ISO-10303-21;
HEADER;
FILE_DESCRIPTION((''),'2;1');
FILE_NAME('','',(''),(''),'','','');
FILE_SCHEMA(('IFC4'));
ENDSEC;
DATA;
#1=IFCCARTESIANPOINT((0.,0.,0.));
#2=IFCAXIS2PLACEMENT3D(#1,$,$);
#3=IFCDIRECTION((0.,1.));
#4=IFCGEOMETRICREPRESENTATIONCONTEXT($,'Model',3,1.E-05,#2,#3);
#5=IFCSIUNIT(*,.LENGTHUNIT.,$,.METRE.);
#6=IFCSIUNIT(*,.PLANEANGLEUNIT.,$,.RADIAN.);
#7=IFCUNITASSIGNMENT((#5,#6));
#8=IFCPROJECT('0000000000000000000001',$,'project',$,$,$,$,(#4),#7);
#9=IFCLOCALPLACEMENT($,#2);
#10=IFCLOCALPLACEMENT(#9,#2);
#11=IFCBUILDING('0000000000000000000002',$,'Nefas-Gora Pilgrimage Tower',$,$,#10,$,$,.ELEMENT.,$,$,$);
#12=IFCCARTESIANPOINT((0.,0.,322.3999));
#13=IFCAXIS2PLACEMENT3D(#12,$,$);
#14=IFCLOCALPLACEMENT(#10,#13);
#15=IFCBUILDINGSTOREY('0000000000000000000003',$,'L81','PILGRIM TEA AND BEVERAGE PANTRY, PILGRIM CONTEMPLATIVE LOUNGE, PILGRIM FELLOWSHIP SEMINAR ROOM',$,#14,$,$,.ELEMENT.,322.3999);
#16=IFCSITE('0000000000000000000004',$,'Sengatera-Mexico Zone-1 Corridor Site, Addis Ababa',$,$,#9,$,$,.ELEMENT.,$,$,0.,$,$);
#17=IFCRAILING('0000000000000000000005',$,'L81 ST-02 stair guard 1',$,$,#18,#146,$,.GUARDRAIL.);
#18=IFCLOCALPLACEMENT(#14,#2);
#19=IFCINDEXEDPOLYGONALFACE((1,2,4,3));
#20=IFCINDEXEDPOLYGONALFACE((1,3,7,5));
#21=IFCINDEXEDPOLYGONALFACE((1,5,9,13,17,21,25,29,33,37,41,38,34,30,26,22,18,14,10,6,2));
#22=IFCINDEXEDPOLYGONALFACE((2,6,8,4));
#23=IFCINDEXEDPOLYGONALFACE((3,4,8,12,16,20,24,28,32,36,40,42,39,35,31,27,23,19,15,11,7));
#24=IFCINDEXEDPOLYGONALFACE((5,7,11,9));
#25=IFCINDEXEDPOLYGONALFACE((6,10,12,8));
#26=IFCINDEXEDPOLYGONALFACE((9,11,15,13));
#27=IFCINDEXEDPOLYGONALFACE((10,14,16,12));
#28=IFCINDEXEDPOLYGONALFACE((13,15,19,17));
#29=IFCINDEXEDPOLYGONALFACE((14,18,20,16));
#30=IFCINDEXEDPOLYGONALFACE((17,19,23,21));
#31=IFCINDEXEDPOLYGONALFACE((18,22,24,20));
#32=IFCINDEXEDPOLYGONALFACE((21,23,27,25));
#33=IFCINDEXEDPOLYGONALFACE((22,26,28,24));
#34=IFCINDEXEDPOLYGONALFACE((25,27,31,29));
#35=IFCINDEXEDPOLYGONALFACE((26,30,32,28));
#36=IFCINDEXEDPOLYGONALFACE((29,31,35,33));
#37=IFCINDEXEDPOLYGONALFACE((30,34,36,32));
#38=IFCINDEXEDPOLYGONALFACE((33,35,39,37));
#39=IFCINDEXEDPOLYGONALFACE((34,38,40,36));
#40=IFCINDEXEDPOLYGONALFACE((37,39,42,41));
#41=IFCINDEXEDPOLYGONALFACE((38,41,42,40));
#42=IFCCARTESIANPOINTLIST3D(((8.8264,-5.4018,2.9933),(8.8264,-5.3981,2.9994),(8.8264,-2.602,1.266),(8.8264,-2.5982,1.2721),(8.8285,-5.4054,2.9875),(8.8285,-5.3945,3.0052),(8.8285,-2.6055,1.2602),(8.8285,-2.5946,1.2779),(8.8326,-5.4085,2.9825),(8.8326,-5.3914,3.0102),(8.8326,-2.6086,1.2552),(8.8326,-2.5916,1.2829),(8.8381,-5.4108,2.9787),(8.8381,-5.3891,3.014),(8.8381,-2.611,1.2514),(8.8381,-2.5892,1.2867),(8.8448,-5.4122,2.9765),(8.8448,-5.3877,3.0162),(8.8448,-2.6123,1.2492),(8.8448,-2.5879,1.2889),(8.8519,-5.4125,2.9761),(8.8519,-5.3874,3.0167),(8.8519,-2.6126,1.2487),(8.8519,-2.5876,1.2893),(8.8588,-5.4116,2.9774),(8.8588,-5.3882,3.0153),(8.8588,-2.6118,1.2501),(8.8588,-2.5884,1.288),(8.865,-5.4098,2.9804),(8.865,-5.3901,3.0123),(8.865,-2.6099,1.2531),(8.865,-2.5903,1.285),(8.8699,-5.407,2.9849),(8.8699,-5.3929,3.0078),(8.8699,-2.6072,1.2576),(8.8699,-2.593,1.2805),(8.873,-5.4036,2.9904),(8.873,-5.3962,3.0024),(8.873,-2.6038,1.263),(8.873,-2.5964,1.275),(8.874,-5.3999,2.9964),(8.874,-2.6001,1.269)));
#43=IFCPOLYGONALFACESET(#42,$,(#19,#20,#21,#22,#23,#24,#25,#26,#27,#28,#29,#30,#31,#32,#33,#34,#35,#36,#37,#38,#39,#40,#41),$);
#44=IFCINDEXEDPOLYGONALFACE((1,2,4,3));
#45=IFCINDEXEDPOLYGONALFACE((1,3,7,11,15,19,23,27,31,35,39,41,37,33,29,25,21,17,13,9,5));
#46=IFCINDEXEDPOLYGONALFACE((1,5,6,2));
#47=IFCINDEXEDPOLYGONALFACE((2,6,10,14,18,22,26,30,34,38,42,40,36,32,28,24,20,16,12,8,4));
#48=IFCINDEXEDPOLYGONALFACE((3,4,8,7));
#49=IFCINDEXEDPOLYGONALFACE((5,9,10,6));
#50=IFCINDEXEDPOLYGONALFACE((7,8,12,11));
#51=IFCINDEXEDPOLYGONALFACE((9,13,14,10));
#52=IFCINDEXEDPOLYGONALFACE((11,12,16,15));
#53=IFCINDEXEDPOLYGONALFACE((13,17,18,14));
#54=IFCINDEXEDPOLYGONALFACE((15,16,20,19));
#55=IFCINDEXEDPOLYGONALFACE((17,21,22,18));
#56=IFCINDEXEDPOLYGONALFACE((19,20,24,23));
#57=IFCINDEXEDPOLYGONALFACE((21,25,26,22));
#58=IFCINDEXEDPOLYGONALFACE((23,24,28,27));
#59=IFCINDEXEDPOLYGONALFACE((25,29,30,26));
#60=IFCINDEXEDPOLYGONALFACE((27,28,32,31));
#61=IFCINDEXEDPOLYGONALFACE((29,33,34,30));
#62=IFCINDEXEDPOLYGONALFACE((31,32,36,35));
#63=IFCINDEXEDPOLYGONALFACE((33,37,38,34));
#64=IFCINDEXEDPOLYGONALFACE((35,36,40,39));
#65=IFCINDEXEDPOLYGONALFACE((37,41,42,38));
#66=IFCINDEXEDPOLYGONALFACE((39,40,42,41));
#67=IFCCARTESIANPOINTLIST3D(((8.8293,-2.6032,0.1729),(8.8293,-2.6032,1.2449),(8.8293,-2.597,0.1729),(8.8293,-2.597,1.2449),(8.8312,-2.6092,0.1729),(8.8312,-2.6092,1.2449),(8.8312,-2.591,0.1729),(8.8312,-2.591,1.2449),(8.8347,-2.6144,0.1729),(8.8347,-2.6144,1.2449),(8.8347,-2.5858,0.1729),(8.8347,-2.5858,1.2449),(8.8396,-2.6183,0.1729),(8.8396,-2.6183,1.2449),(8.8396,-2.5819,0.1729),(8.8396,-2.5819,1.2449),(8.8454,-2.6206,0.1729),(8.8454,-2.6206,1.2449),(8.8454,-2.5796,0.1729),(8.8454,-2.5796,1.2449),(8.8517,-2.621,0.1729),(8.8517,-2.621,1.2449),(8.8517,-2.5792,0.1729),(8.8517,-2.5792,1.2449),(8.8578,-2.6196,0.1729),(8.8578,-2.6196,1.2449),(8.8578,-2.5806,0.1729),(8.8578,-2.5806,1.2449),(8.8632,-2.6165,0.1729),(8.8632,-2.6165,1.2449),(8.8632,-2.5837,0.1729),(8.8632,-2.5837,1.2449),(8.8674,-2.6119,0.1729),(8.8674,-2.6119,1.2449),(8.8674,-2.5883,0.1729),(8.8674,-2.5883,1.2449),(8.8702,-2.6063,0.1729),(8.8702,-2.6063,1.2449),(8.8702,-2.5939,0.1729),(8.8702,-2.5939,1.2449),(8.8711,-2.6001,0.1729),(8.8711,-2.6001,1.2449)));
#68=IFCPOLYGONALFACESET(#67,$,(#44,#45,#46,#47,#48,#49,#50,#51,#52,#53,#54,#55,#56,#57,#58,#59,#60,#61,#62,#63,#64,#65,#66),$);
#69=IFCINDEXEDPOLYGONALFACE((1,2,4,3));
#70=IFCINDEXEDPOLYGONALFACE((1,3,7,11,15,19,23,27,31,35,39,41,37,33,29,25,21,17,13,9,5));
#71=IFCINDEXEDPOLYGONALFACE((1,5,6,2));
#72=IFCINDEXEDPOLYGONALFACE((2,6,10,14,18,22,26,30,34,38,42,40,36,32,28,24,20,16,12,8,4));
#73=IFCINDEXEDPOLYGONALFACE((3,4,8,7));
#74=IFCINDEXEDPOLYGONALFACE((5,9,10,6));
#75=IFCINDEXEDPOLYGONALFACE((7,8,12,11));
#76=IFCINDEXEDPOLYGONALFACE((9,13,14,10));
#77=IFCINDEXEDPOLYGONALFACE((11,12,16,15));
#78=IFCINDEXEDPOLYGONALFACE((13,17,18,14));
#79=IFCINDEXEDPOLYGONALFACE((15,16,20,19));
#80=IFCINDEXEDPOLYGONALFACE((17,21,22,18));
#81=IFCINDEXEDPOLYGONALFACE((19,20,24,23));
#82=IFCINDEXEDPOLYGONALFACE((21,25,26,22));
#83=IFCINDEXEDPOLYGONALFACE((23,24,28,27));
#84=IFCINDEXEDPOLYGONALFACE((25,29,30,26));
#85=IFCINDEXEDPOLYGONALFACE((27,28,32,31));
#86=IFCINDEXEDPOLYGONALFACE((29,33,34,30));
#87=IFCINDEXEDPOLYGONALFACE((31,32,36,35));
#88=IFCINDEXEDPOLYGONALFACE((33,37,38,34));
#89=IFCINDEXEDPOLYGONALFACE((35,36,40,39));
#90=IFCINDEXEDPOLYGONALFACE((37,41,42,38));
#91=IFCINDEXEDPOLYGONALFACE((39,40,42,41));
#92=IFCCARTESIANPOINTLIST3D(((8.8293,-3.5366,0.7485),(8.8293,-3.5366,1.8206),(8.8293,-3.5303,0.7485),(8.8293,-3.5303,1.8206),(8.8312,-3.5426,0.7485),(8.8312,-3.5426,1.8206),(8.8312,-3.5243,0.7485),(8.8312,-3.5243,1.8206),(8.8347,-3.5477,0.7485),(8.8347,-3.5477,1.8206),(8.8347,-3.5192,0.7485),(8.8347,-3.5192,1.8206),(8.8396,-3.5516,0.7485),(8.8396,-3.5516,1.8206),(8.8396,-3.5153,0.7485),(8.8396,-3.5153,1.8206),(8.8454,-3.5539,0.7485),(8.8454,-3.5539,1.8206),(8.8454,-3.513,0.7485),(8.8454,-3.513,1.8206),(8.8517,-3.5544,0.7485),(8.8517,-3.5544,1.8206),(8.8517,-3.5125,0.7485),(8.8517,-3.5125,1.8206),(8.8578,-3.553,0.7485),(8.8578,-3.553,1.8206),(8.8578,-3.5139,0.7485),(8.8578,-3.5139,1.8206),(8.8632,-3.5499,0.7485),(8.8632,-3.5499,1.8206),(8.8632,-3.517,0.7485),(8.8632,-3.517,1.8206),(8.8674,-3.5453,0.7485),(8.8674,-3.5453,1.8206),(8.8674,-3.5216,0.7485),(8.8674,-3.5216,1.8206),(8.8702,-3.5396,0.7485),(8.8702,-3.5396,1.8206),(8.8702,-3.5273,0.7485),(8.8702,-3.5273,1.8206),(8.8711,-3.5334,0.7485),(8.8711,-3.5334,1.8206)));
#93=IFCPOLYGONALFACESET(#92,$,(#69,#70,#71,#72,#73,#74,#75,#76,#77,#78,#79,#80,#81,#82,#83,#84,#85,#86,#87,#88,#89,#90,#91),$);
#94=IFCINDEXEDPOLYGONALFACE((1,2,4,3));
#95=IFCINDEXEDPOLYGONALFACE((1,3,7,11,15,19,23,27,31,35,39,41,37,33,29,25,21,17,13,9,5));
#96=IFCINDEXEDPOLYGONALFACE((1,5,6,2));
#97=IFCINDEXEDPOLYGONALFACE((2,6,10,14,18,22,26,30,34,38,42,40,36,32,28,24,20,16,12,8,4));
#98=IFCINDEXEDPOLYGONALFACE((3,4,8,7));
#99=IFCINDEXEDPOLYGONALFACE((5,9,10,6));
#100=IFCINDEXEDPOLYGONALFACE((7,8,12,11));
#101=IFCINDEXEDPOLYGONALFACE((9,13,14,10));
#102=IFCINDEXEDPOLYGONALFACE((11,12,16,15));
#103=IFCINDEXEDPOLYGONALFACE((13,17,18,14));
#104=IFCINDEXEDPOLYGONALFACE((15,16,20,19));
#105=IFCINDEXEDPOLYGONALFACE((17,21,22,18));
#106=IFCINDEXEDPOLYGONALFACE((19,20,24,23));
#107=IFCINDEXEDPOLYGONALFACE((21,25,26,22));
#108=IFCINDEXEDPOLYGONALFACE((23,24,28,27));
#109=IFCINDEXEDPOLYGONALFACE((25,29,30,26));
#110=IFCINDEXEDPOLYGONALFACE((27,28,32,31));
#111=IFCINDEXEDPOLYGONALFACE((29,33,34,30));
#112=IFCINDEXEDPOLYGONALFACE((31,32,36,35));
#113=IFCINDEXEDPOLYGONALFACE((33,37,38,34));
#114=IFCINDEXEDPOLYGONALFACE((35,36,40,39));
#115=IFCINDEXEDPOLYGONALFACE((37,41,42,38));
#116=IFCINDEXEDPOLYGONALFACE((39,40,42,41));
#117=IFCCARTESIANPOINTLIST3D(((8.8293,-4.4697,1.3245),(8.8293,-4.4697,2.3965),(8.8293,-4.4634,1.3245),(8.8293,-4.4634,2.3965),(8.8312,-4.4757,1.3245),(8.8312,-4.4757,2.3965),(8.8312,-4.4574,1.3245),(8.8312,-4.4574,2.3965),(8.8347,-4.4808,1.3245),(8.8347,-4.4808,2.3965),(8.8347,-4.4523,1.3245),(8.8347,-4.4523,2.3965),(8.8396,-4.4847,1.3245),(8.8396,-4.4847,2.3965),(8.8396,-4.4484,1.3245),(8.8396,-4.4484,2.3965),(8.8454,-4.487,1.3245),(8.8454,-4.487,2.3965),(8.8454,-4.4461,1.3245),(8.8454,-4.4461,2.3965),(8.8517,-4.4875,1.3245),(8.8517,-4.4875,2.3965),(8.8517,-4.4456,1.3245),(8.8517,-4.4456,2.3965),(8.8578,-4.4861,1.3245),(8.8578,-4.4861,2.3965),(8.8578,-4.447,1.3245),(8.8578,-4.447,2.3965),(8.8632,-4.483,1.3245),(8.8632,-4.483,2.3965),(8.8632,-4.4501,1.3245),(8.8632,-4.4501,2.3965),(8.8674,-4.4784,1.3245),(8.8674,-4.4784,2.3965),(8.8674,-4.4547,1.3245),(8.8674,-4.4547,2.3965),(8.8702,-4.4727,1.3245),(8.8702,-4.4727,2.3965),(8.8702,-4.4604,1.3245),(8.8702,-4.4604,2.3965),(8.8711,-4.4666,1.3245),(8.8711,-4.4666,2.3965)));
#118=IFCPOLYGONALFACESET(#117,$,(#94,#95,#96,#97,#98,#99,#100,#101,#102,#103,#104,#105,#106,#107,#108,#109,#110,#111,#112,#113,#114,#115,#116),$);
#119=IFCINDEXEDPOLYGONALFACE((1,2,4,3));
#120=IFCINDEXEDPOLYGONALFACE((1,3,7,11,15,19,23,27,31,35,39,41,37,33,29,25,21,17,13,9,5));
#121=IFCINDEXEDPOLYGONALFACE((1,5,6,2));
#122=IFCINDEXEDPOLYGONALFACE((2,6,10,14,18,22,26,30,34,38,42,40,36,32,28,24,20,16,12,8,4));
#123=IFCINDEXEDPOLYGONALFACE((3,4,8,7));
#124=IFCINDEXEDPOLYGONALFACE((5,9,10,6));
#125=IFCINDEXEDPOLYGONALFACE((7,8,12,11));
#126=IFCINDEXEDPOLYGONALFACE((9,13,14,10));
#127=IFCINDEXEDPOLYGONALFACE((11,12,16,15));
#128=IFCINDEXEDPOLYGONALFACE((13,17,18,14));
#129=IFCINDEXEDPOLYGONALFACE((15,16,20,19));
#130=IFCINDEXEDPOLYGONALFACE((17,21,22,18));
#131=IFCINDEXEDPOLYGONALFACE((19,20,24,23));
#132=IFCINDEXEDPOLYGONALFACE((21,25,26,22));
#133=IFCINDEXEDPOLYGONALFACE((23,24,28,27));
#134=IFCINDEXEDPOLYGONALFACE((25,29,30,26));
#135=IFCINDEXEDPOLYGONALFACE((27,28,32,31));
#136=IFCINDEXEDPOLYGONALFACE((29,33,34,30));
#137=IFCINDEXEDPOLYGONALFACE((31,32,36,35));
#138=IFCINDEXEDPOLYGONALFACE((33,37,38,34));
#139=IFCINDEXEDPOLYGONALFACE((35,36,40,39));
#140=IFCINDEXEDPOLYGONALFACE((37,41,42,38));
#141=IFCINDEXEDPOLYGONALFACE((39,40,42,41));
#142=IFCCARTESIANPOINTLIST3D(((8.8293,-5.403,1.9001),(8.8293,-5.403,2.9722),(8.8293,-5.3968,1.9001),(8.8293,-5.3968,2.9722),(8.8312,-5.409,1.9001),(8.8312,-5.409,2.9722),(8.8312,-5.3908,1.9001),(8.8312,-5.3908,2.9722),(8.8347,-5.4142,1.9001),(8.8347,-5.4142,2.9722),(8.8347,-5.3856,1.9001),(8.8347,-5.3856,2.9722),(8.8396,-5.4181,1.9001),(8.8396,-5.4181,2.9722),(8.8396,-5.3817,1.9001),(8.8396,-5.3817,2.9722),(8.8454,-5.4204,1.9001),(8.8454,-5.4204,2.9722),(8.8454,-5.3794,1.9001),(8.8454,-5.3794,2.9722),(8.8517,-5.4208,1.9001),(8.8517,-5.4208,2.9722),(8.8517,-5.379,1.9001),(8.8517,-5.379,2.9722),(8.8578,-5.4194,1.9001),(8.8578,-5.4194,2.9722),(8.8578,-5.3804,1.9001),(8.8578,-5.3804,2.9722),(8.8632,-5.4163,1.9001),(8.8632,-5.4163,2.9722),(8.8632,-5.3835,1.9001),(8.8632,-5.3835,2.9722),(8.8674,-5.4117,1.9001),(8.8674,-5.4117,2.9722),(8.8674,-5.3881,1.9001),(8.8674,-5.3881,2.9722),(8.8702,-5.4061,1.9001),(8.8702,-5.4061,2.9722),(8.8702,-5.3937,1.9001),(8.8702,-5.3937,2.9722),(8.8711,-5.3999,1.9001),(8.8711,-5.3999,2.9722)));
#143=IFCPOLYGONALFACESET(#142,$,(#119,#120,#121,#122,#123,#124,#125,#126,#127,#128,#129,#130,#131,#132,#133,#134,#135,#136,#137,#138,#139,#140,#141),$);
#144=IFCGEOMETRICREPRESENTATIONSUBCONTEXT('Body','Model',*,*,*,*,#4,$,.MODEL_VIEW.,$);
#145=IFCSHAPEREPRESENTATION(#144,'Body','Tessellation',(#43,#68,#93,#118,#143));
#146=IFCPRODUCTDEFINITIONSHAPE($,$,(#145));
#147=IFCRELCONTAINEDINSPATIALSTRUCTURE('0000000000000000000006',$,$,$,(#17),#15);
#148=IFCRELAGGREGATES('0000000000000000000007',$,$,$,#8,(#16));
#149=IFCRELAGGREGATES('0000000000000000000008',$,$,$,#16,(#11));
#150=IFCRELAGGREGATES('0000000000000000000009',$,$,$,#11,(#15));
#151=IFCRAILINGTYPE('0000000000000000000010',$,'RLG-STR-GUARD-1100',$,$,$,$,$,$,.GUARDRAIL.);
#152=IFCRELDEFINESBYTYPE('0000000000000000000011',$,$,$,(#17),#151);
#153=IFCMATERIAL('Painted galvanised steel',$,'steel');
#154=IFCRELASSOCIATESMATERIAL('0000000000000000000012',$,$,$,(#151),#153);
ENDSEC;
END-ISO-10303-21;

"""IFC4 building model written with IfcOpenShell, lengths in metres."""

from ifc_helpers import new_model, si_unit, direction, frame, origin, origin_2d, place, context, subcontext, project, spatial, circle, extrude, material, type_object, element, save


model = new_model("IFC4")

# Units and contexts
model_context = context("Model", 3, precision=1e-05, world=origin(), true_north=direction((0.0, 1.0)))
body_context = subcontext(model_context, "Body", "Model", "MODEL_VIEW")
ifc_project = project(units=[si_unit("LENGTHUNIT", "METRE"), si_unit("PLANEANGLEUNIT", "RADIAN")], contexts=[model_context])

# Site, building, storey
site_placement = place(None, origin())
site = spatial("IfcSite", under=ifc_project, at=site_placement, Name="Sengatera-Mexico Zone-1 Corridor Site, Addis Ababa", CompositionType="ELEMENT", RefElevation=0.0)
building_placement = place(site_placement, origin())
building = spatial("IfcBuilding", under=site, at=building_placement, Name="Nefas-Gora Pilgrimage Tower", CompositionType="ELEMENT")
storey_placement = place(building_placement, frame((0.0, 0.0, 322.3999)))
storey = spatial("IfcBuildingStorey", under=building, at=storey_placement, Name="L81", Description="PILGRIM TEA AND BEVERAGE PANTRY, PILGRIM CONTEMPLATIVE LOUNGE, PILGRIM FELLOWSHIP SEMINAR ROOM", CompositionType="ELEMENT", Elevation=322.3999)

# Railing
ifc_material_1 = material(Name="Painted galvanised steel", Category="steel")
railing_type_1 = type_object("IfcRailingType", Name="RLG-STR-GUARD-1100", PredefinedType="GUARDRAIL", material=ifc_material_1)
railing_1_placement = place(storey_placement, frame((8.8501, -2.6001, 0.1729)))
element("IfcRailing", 1, at=railing_1_placement, inside=storey, type_object=railing_type_1, Name="L81 ST-02 stair guard 1", PredefinedType="GUARDRAIL", context=body_context, shape_type="SweptSolid", body=[
    extrude(circle(Radius=0.0239, at=origin_2d()), frame((0.0, 0.0, 1.0962), z_axis=(0.0, -0.851069, 0.525054), x_axis=(1.0, 0.0, 0.0)), (0.0, 0.0, 1.0), 3.2898),
    extrude(circle(Radius=0.021, at=origin_2d()), origin(), (0.0, 0.0, 1.0), 1.072),
    extrude(circle(Radius=0.021, at=origin_2d()), frame((0.0, -0.9333, 0.5757)), (0.0, 0.0, 1.0), 1.072),
    extrude(circle(Radius=0.021, at=origin_2d()), frame((0.0, -1.8665, 1.1516)), (0.0, 0.0, 1.0), 1.072),
    extrude(circle(Radius=0.021, at=origin_2d()), frame((0.0, -2.7998, 1.7273)), (0.0, 0.0, 1.0), 1.072),
])

save(model, "model.ifc")
